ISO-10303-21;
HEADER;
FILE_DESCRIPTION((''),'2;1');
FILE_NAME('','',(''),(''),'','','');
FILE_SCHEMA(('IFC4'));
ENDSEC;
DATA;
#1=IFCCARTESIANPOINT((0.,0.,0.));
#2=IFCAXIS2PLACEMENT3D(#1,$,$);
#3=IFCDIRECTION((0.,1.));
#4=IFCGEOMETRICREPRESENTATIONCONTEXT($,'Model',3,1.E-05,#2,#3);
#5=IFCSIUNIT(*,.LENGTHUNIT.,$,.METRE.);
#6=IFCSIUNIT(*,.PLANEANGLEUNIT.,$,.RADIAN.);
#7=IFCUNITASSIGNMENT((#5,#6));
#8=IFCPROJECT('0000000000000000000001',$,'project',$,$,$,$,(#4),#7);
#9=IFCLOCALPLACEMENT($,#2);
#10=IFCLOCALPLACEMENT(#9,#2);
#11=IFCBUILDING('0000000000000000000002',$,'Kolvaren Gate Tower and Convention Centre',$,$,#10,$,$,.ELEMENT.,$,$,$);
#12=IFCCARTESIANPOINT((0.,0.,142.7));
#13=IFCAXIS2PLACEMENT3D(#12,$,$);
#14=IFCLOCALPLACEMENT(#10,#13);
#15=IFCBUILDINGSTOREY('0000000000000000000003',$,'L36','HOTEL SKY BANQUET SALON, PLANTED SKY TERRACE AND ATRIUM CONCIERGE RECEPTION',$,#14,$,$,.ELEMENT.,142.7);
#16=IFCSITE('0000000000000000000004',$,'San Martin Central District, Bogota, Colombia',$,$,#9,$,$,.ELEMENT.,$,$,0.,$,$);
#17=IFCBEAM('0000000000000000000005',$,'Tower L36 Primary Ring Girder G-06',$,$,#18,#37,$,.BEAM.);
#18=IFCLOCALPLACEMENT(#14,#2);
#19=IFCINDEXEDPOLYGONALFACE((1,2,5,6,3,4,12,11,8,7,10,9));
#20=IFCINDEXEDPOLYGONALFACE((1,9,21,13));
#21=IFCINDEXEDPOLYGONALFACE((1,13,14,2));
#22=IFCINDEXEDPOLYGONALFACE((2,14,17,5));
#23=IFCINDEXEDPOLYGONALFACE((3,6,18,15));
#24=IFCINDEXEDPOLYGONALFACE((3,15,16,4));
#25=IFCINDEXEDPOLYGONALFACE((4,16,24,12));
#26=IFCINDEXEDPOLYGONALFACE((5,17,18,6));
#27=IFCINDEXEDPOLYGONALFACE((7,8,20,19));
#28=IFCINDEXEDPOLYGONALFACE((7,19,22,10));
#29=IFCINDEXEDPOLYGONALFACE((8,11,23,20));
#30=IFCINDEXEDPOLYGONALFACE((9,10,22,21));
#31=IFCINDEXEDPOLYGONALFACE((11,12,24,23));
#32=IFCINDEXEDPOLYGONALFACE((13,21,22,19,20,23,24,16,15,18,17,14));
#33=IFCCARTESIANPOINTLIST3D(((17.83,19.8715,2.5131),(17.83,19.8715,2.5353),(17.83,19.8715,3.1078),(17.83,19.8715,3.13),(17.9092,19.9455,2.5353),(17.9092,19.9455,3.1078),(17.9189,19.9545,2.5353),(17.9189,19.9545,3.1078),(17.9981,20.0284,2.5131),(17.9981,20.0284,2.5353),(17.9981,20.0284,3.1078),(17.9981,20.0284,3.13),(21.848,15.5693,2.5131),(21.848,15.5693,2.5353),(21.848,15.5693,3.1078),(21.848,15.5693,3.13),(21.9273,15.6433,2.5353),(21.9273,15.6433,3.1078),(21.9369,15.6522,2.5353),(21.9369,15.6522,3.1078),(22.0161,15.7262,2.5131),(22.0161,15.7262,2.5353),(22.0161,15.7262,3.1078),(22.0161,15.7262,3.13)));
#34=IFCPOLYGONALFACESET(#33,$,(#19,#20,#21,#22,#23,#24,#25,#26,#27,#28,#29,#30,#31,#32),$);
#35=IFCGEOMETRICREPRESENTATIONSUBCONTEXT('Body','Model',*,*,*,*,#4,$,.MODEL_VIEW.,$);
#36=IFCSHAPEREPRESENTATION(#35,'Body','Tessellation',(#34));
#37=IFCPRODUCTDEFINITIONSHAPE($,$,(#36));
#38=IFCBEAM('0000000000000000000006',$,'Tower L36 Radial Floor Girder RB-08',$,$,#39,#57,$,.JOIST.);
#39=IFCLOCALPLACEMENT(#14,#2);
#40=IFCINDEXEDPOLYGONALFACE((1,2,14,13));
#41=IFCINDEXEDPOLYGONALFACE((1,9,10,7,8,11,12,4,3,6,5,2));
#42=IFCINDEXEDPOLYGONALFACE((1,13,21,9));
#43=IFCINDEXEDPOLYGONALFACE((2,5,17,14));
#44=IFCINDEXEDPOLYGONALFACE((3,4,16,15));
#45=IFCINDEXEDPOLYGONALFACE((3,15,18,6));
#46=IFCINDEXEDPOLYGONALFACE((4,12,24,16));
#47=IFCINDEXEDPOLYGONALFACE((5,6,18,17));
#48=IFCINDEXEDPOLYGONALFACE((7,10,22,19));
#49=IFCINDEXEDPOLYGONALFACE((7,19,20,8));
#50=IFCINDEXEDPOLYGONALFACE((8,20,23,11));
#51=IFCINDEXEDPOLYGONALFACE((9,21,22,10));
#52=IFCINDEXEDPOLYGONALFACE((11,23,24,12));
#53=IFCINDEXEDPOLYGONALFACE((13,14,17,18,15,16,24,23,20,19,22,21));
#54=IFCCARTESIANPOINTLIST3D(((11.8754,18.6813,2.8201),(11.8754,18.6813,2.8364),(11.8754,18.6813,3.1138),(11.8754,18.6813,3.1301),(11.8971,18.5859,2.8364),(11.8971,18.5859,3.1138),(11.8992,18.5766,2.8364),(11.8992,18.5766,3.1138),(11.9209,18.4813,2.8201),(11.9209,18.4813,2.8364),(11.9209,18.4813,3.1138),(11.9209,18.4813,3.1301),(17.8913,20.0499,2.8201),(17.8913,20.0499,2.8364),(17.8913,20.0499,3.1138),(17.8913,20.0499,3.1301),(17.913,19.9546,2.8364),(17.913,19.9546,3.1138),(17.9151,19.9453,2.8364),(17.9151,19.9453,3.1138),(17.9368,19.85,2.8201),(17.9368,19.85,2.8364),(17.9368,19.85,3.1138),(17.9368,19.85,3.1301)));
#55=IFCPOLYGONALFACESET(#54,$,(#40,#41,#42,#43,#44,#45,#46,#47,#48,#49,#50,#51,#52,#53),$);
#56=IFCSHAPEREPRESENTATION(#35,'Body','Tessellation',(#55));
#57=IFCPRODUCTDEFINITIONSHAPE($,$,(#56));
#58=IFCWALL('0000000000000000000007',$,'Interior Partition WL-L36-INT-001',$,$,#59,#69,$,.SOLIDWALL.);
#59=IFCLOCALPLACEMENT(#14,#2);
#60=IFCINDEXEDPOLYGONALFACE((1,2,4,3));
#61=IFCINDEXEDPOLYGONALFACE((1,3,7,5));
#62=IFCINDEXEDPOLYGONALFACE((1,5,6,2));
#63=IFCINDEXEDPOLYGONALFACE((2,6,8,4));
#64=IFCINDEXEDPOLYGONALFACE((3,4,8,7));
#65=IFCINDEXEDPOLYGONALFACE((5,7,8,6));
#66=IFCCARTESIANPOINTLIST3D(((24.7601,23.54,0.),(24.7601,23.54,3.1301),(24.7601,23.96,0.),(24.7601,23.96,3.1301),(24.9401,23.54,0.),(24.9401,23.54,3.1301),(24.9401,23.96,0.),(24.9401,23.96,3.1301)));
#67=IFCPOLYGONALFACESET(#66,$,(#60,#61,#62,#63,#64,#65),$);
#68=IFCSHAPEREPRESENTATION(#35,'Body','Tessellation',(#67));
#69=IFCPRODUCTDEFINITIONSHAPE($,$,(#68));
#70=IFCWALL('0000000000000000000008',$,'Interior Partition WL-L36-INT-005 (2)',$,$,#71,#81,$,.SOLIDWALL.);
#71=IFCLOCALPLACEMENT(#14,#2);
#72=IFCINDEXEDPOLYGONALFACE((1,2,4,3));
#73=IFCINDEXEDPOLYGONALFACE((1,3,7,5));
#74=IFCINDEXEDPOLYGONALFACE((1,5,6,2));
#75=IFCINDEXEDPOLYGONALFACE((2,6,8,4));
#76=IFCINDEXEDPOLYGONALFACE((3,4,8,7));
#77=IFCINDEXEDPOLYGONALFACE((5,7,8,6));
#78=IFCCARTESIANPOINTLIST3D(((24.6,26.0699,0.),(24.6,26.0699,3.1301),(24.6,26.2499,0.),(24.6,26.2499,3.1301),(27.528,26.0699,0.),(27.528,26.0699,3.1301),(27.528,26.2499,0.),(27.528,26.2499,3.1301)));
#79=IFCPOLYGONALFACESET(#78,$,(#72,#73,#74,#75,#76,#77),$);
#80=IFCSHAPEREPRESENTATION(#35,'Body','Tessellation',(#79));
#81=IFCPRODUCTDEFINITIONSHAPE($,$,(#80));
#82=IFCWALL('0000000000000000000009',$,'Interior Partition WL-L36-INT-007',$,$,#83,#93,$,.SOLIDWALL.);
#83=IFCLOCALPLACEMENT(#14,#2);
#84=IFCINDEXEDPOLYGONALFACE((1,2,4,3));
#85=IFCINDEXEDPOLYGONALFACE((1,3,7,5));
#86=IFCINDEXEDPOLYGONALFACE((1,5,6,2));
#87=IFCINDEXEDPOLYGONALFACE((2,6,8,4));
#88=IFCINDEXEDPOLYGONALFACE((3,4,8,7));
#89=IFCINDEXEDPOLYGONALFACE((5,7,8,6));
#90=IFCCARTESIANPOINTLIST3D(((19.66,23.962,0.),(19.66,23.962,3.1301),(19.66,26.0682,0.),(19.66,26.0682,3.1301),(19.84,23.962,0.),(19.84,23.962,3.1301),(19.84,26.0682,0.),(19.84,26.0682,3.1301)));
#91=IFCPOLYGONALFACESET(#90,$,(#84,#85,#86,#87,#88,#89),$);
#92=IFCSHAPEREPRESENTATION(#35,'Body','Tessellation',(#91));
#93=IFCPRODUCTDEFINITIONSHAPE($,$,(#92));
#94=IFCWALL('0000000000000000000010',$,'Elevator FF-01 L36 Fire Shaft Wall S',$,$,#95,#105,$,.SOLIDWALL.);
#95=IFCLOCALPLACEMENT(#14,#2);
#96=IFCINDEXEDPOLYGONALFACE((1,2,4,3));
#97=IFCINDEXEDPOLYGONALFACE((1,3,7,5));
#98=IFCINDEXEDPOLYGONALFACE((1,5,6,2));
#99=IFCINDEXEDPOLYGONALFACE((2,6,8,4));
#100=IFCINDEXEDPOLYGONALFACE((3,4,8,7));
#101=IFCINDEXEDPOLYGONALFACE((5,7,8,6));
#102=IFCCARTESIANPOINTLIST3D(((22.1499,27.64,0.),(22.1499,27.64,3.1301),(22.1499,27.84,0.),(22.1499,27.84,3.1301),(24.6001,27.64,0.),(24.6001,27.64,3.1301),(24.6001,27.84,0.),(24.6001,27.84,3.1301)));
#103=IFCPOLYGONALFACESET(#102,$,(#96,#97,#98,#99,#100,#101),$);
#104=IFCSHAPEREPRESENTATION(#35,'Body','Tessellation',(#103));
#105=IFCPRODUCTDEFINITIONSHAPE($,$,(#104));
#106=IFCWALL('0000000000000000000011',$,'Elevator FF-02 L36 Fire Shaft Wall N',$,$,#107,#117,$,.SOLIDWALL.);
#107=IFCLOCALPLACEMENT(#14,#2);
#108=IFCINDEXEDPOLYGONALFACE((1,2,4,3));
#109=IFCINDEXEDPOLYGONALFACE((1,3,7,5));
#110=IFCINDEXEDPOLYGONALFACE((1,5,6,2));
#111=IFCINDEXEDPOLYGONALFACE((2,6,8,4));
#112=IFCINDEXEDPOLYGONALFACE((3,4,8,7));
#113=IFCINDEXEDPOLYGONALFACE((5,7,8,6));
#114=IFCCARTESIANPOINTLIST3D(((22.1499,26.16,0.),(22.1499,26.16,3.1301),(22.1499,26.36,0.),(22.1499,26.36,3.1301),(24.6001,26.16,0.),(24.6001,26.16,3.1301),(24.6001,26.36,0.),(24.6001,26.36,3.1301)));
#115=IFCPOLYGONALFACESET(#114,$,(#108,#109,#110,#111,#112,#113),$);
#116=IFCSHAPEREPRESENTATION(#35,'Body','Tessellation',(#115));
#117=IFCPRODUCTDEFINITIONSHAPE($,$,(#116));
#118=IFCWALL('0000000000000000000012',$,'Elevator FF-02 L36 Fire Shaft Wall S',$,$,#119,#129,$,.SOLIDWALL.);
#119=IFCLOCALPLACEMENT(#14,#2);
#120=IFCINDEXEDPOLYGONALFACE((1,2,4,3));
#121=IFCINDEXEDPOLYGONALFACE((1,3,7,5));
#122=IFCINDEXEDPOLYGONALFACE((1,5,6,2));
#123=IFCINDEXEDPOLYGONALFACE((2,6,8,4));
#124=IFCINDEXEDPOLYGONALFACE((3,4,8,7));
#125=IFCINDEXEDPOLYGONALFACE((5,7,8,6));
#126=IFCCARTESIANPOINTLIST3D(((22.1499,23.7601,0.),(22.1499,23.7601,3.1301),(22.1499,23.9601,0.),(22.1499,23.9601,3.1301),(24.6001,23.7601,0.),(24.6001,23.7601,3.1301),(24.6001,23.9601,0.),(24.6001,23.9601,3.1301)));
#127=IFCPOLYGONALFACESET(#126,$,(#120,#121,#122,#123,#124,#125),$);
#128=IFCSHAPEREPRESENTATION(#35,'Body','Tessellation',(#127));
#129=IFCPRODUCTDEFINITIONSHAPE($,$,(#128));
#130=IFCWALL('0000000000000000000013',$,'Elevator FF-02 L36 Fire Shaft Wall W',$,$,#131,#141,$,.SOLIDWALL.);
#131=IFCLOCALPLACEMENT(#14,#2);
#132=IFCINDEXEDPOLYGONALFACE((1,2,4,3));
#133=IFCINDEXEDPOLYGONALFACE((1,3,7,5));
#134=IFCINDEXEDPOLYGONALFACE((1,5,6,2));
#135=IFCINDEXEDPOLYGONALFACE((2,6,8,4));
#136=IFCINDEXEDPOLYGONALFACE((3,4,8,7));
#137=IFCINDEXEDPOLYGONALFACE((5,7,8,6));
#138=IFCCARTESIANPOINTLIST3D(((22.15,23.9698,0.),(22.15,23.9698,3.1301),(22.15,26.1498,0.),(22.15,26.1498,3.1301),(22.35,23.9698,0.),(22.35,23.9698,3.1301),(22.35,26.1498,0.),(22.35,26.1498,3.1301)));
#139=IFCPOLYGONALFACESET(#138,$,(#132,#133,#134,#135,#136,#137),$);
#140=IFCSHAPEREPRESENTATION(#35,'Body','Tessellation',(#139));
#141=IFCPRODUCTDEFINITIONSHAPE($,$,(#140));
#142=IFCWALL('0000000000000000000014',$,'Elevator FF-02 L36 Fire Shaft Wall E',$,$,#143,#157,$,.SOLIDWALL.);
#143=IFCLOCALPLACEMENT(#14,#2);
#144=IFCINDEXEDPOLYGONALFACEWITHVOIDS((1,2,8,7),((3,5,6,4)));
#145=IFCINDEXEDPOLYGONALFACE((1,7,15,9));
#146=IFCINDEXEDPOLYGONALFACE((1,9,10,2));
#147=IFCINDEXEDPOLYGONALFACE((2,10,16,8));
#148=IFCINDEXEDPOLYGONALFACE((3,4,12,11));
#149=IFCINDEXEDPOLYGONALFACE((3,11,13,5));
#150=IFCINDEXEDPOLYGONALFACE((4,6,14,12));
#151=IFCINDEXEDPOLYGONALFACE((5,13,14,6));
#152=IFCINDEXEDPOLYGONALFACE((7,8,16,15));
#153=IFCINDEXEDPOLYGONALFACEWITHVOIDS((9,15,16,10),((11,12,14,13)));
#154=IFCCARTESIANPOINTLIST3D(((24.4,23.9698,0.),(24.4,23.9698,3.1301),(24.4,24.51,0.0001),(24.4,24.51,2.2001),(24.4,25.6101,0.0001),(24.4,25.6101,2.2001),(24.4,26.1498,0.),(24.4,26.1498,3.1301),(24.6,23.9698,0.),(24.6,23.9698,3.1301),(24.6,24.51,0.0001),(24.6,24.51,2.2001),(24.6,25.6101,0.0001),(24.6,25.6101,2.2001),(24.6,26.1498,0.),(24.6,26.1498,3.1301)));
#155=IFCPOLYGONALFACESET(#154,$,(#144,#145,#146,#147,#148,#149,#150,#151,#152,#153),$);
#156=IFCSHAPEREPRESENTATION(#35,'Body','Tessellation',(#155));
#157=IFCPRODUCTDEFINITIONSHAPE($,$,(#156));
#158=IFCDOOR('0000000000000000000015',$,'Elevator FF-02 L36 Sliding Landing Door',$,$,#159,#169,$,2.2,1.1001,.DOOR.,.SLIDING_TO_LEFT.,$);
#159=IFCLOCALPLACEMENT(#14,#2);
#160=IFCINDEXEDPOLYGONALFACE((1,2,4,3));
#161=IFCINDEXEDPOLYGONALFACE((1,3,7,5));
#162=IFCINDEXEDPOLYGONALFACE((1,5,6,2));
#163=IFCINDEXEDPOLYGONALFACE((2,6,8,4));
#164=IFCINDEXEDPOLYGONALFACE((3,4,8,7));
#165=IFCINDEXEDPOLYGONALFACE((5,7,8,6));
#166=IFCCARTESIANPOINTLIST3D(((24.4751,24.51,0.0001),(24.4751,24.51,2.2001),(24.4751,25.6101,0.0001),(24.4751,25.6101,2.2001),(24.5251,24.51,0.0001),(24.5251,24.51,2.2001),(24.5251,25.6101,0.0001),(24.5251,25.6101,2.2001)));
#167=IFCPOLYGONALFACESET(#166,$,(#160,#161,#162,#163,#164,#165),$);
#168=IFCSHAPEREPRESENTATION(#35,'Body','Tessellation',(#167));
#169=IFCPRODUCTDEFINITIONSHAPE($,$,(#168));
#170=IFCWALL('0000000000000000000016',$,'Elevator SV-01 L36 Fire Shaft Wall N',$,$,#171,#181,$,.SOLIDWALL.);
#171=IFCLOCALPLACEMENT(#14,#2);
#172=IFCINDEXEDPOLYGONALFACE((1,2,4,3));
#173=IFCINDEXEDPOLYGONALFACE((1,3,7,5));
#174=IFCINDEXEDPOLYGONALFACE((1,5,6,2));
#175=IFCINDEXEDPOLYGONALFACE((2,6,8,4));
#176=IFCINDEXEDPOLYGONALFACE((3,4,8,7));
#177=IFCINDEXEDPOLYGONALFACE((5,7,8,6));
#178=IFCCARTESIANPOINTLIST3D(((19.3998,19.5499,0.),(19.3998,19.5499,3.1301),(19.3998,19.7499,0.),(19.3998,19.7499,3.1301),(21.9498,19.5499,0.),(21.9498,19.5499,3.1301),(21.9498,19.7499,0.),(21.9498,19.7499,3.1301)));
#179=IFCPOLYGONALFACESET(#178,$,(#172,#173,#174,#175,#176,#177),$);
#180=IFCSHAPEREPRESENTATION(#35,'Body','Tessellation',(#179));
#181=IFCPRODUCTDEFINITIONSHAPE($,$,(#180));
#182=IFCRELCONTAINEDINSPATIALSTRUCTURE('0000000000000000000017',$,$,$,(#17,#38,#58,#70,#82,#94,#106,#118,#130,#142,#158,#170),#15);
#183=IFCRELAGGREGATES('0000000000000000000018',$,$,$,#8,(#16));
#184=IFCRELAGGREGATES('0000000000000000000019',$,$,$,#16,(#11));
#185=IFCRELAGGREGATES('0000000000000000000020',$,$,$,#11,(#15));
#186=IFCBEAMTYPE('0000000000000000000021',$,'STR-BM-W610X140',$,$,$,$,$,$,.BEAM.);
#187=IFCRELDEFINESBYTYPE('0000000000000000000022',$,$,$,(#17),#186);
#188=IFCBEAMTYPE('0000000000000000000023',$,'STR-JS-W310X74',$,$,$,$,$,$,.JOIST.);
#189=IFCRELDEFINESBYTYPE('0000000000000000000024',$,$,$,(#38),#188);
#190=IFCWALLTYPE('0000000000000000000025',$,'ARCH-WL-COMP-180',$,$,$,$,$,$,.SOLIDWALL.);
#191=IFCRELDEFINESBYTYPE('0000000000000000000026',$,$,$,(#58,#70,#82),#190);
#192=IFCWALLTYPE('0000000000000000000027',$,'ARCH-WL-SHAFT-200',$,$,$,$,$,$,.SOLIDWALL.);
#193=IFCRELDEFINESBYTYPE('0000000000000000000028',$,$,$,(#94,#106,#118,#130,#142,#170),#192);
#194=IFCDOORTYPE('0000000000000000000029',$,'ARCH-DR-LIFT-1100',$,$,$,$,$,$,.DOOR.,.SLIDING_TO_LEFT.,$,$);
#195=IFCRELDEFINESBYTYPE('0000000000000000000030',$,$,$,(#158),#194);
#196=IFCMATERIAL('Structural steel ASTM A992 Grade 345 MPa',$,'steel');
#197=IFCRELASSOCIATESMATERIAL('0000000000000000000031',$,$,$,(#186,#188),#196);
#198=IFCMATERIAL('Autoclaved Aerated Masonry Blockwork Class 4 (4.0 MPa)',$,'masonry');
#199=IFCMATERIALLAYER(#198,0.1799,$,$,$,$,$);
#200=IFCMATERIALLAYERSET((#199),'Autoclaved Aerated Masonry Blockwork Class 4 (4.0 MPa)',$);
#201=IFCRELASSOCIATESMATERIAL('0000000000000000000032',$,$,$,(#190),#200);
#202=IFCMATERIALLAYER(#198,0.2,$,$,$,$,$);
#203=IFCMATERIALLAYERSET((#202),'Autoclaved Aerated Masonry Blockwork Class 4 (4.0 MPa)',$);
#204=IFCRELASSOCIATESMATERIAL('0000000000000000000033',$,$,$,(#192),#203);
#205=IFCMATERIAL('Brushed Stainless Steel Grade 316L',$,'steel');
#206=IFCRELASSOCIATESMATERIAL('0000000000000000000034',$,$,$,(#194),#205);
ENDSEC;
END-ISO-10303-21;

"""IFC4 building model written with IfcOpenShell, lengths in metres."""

from ifc_helpers import new_model, si_unit, direction, frame, frame_2d, origin, origin_2d, place, context, subcontext, project, spatial, rectangle, i_section, extrude, material, layer, layer_set, material_profile, profile_set, type_object, element, fill, save


model = new_model("IFC4")

# Units and contexts
model_context = context("Model", 3, precision=1e-05, world=origin(), true_north=direction((0.0, 1.0)))
body_context = subcontext(model_context, "Body", "Model", "MODEL_VIEW")
ifc_project = project(units=[si_unit("LENGTHUNIT", "METRE"), si_unit("PLANEANGLEUNIT", "RADIAN")], contexts=[model_context])

# Site, building, storey
site_placement = place(None, origin())
site = spatial("IfcSite", under=ifc_project, at=site_placement, Name="San Martin Central District, Bogota, Colombia", CompositionType="ELEMENT", RefElevation=0.0)
building_placement = place(site_placement, origin())
building = spatial("IfcBuilding", under=site, at=building_placement, Name="Kolvaren Gate Tower and Convention Centre", CompositionType="ELEMENT")
storey_placement = place(building_placement, frame((0.0, 0.0, 142.7)))
storey = spatial("IfcBuildingStorey", under=building, at=storey_placement, Name="L36", Description="HOTEL SKY BANQUET SALON, PLANTED SKY TERRACE AND ATRIUM CONCIERGE RECEPTION", CompositionType="ELEMENT", Elevation=142.7)

# Beams
ifc_material_1 = material(Name="Structural steel ASTM A992 Grade 345 MPa", Category="steel")
ifc_material_profile_1 = material_profile(ifc_material_1, i_section(OverallWidth=0.23, OverallDepth=0.6169, WebThickness=0.0132, FlangeThickness=0.0222, at=origin_2d()), Name="W610X140")
ifc_profile_set_1 = profile_set([ifc_material_profile_1], Name="Structural steel ASTM A992 Grade 345 MPa")
beam_type_1 = type_object("IfcBeamType", Name="STR-BM-W610X140", PredefinedType="BEAM", material=ifc_profile_set_1)
beam_1_placement = place(storey_placement, frame((17.9141, 19.95, 2.8215), z_axis=(0.682558, -0.730832, 0.0), x_axis=(0.730832, 0.682558, 0.0)))
element("IfcBeam", 1, at=beam_1_placement, inside=storey, type_object=beam_type_1, Name="Tower L36 Primary Ring Girder G-06", PredefinedType="BEAM", context=body_context, shape_type="SweptSolid", body=[
    extrude(i_section(OverallWidth=0.23, OverallDepth=0.6169, WebThickness=0.0132, FlangeThickness=0.0222, at=origin_2d()), origin(), (0.0, 0.0, 1.0), 5.8867),
])
ifc_material_profile_2 = material_profile(ifc_material_1, i_section(OverallWidth=0.2051, OverallDepth=0.3101, WebThickness=0.0095, FlangeThickness=0.0164, at=origin_2d()), Name="W310X74")
ifc_profile_set_2 = profile_set([ifc_material_profile_2], Name="Structural steel ASTM A992 Grade 345 MPa")
beam_type_2 = type_object("IfcBeamType", Name="STR-JS-W310X74", PredefinedType="JOIST", material=ifc_profile_set_2)
beam_2_placement = place(storey_placement, frame((17.9141, 19.95, 2.9751), z_axis=(-0.975083, -0.221838, 0.0), x_axis=(0.221838, -0.975083, 0.0)))
element("IfcBeam", 2, at=beam_2_placement, inside=storey, type_object=beam_type_2, Name="Tower L36 Radial Floor Girder RB-08", PredefinedType="JOIST", context=body_context, shape_type="SweptSolid", body=[
    extrude(i_section(OverallWidth=0.2051, OverallDepth=0.3101, WebThickness=0.0095, FlangeThickness=0.0164, at=origin_2d()), origin(), (0.0, 0.0, 1.0), 6.1697),
])

# Walls
ifc_material_2 = material(Name="Autoclaved Aerated Masonry Blockwork Class 4 (4.0 MPa)", Category="masonry")
ifc_layer_1 = layer(ifc_material_2, 0.1799)
ifc_layer_set_1 = layer_set([ifc_layer_1], Name="Autoclaved Aerated Masonry Blockwork Class 4 (4.0 MPa)")
wall_type_1 = type_object("IfcWallType", Name="ARCH-WL-COMP-180", PredefinedType="SOLIDWALL", material=ifc_layer_set_1)
wall_1_placement = place(storey_placement, frame((24.8501, 23.54, 0.0), z_axis=(0.0, 0.0, 1.0), x_axis=(0.0, 1.0, 0.0)))
element("IfcWall", 3, at=wall_1_placement, inside=storey, type_object=wall_type_1, Name="Interior Partition WL-L36-INT-001", PredefinedType="SOLIDWALL", context=body_context, shape_type="SweptSolid", body=[
    extrude(rectangle(XDim=0.4199, YDim=0.1799, at=frame_2d((0.21, 0.0))), origin(), (0.0, 0.0, 1.0), 3.1301),
])
wall_2_placement = place(storey_placement, frame((24.6001, 26.1599, 0.0), z_axis=(0.0, 0.0, 1.0), x_axis=(1.0, 0.0, 0.0)))
element("IfcWall", 4, at=wall_2_placement, inside=storey, type_object=wall_type_1, Name="Interior Partition WL-L36-INT-005 (2)", PredefinedType="SOLIDWALL", context=body_context, shape_type="SweptSolid", body=[
    extrude(rectangle(XDim=2.928, YDim=0.1799, at=frame_2d((1.4639, 0.0))), origin(), (0.0, 0.0, 1.0), 3.1301),
])
wall_3_placement = place(storey_placement, frame((19.75, 23.9619, 0.0), z_axis=(0.0, 0.0, 1.0), x_axis=(0.0, 1.0, 0.0)))
element("IfcWall", 5, at=wall_3_placement, inside=storey, type_object=wall_type_1, Name="Interior Partition WL-L36-INT-007", PredefinedType="SOLIDWALL", context=body_context, shape_type="SweptSolid", body=[
    extrude(rectangle(XDim=2.1062, YDim=0.1799, at=frame_2d((1.0532, 0.0))), origin(), (0.0, 0.0, 1.0), 3.1301),
])
ifc_layer_2 = layer(ifc_material_2, 0.2)
ifc_layer_set_2 = layer_set([ifc_layer_2], Name="Autoclaved Aerated Masonry Blockwork Class 4 (4.0 MPa)")
wall_type_2 = type_object("IfcWallType", Name="ARCH-WL-SHAFT-200", PredefinedType="SOLIDWALL", material=ifc_layer_set_2)
for number, where, z_axis, x_axis, name in (
    (6, (22.1499, 27.74, 0.0), (0.0, 0.0, 1.0), (1.0, 0.0, 0.0), "Elevator FF-01 L36 Fire Shaft Wall S"),
    (7, (22.1499, 26.26, 0.0), (0.0, 0.0, 1.0), (1.0, 0.0, 0.0), "Elevator FF-02 L36 Fire Shaft Wall N"),
    (8, (22.1499, 23.8601, 0.0), (0.0, 0.0, 1.0), (1.0, 0.0, 0.0), "Elevator FF-02 L36 Fire Shaft Wall S"),
):
    element("IfcWall", number, at=place(storey_placement, frame(where, z_axis=z_axis, x_axis=x_axis)), inside=storey, type_object=wall_type_2, Name=name, PredefinedType="SOLIDWALL", context=body_context, shape_type="SweptSolid", body=[
        extrude(rectangle(XDim=2.4502, YDim=0.2, at=frame_2d((1.2251, 0.0))), origin(), (0.0, 0.0, 1.0), 3.1301),
    ])
wall_4_placement = place(storey_placement, frame((22.25, 23.97, 0.0), z_axis=(0.0, 0.0, 1.0), x_axis=(0.0, 1.0, 0.0)))
element("IfcWall", 9, at=wall_4_placement, inside=storey, type_object=wall_type_2, Name="Elevator FF-02 L36 Fire Shaft Wall W", PredefinedType="SOLIDWALL", context=body_context, shape_type="SweptSolid", body=[
    extrude(rectangle(XDim=2.1799, YDim=0.2, at=frame_2d((1.0898, 0.0))), origin(), (0.0, 0.0, 1.0), 3.1301),
])

# Wall, opening, door
wall_5_placement = place(storey_placement, frame((24.5, 23.97, 0.0), z_axis=(0.0, 0.0, 1.0), x_axis=(0.0, 1.0, 0.0)))
wall_5 = element("IfcWall", 10, at=wall_5_placement, inside=storey, type_object=wall_type_2, Name="Elevator FF-02 L36 Fire Shaft Wall E", PredefinedType="SOLIDWALL", context=body_context, shape_type="SweptSolid", body=[
    extrude(rectangle(XDim=2.1799, YDim=0.2, at=frame_2d((1.0898, 0.0))), origin(), (0.0, 0.0, 1.0), 3.1301),
])
opening_1_placement = place(wall_5_placement, frame((0.54, 0.0, 0.0)))
opening_1 = element("IfcOpeningElement", 11, at=opening_1_placement, cuts=wall_5, PredefinedType="OPENING", context=body_context, shape_type="SweptSolid", body=[
    extrude(rectangle(XDim=1.1001, YDim=2.2, at=frame_2d((0.55, 1.1001))), frame((0.0, 0.1099, 0.0), z_axis=(0.0, -1.0, 0.0), x_axis=(1.0, 0.0, 0.0)), (0.0, 0.0, 1.0), 0.22),
])
ifc_material_3 = material(Name="Brushed Stainless Steel Grade 316L", Category="steel")
door_type_1 = type_object("IfcDoorType", Name="ARCH-DR-LIFT-1100", OperationType="SLIDING_TO_LEFT", PredefinedType="DOOR", material=ifc_material_3)
door_1_placement = place(opening_1_placement, origin())
door_1 = element("IfcDoor", 12, at=door_1_placement, inside=storey, type_object=door_type_1, Name="Elevator FF-02 L36 Sliding Landing Door", OperationType="SLIDING_TO_LEFT", OverallHeight=2.2, OverallWidth=1.1001, PredefinedType="DOOR", context=body_context, shape_type="SweptSolid", body=[
    extrude(rectangle(XDim=1.1001, YDim=2.2, at=frame_2d((0.55, 1.1001))), frame((0.0, 0.0249, 0.0), z_axis=(0.0, -1.0, 0.0), x_axis=(1.0, 0.0, 0.0)), (0.0, 0.0, 1.0), 0.05),
])
fill(opening_1, door_1)

# Wall
wall_6_placement = place(storey_placement, frame((19.3999, 19.6499, 0.0), z_axis=(0.0, 0.0, 1.0), x_axis=(1.0, 0.0, 0.0)))
element("IfcWall", 13, at=wall_6_placement, inside=storey, type_object=wall_type_2, Name="Elevator SV-01 L36 Fire Shaft Wall N", PredefinedType="SOLIDWALL", context=body_context, shape_type="SweptSolid", body=[
    extrude(rectangle(XDim=2.55, YDim=0.2, at=frame_2d((1.2749, 0.0))), origin(), (0.0, 0.0, 1.0), 3.1301),
])

save(model, "model.ifc")
